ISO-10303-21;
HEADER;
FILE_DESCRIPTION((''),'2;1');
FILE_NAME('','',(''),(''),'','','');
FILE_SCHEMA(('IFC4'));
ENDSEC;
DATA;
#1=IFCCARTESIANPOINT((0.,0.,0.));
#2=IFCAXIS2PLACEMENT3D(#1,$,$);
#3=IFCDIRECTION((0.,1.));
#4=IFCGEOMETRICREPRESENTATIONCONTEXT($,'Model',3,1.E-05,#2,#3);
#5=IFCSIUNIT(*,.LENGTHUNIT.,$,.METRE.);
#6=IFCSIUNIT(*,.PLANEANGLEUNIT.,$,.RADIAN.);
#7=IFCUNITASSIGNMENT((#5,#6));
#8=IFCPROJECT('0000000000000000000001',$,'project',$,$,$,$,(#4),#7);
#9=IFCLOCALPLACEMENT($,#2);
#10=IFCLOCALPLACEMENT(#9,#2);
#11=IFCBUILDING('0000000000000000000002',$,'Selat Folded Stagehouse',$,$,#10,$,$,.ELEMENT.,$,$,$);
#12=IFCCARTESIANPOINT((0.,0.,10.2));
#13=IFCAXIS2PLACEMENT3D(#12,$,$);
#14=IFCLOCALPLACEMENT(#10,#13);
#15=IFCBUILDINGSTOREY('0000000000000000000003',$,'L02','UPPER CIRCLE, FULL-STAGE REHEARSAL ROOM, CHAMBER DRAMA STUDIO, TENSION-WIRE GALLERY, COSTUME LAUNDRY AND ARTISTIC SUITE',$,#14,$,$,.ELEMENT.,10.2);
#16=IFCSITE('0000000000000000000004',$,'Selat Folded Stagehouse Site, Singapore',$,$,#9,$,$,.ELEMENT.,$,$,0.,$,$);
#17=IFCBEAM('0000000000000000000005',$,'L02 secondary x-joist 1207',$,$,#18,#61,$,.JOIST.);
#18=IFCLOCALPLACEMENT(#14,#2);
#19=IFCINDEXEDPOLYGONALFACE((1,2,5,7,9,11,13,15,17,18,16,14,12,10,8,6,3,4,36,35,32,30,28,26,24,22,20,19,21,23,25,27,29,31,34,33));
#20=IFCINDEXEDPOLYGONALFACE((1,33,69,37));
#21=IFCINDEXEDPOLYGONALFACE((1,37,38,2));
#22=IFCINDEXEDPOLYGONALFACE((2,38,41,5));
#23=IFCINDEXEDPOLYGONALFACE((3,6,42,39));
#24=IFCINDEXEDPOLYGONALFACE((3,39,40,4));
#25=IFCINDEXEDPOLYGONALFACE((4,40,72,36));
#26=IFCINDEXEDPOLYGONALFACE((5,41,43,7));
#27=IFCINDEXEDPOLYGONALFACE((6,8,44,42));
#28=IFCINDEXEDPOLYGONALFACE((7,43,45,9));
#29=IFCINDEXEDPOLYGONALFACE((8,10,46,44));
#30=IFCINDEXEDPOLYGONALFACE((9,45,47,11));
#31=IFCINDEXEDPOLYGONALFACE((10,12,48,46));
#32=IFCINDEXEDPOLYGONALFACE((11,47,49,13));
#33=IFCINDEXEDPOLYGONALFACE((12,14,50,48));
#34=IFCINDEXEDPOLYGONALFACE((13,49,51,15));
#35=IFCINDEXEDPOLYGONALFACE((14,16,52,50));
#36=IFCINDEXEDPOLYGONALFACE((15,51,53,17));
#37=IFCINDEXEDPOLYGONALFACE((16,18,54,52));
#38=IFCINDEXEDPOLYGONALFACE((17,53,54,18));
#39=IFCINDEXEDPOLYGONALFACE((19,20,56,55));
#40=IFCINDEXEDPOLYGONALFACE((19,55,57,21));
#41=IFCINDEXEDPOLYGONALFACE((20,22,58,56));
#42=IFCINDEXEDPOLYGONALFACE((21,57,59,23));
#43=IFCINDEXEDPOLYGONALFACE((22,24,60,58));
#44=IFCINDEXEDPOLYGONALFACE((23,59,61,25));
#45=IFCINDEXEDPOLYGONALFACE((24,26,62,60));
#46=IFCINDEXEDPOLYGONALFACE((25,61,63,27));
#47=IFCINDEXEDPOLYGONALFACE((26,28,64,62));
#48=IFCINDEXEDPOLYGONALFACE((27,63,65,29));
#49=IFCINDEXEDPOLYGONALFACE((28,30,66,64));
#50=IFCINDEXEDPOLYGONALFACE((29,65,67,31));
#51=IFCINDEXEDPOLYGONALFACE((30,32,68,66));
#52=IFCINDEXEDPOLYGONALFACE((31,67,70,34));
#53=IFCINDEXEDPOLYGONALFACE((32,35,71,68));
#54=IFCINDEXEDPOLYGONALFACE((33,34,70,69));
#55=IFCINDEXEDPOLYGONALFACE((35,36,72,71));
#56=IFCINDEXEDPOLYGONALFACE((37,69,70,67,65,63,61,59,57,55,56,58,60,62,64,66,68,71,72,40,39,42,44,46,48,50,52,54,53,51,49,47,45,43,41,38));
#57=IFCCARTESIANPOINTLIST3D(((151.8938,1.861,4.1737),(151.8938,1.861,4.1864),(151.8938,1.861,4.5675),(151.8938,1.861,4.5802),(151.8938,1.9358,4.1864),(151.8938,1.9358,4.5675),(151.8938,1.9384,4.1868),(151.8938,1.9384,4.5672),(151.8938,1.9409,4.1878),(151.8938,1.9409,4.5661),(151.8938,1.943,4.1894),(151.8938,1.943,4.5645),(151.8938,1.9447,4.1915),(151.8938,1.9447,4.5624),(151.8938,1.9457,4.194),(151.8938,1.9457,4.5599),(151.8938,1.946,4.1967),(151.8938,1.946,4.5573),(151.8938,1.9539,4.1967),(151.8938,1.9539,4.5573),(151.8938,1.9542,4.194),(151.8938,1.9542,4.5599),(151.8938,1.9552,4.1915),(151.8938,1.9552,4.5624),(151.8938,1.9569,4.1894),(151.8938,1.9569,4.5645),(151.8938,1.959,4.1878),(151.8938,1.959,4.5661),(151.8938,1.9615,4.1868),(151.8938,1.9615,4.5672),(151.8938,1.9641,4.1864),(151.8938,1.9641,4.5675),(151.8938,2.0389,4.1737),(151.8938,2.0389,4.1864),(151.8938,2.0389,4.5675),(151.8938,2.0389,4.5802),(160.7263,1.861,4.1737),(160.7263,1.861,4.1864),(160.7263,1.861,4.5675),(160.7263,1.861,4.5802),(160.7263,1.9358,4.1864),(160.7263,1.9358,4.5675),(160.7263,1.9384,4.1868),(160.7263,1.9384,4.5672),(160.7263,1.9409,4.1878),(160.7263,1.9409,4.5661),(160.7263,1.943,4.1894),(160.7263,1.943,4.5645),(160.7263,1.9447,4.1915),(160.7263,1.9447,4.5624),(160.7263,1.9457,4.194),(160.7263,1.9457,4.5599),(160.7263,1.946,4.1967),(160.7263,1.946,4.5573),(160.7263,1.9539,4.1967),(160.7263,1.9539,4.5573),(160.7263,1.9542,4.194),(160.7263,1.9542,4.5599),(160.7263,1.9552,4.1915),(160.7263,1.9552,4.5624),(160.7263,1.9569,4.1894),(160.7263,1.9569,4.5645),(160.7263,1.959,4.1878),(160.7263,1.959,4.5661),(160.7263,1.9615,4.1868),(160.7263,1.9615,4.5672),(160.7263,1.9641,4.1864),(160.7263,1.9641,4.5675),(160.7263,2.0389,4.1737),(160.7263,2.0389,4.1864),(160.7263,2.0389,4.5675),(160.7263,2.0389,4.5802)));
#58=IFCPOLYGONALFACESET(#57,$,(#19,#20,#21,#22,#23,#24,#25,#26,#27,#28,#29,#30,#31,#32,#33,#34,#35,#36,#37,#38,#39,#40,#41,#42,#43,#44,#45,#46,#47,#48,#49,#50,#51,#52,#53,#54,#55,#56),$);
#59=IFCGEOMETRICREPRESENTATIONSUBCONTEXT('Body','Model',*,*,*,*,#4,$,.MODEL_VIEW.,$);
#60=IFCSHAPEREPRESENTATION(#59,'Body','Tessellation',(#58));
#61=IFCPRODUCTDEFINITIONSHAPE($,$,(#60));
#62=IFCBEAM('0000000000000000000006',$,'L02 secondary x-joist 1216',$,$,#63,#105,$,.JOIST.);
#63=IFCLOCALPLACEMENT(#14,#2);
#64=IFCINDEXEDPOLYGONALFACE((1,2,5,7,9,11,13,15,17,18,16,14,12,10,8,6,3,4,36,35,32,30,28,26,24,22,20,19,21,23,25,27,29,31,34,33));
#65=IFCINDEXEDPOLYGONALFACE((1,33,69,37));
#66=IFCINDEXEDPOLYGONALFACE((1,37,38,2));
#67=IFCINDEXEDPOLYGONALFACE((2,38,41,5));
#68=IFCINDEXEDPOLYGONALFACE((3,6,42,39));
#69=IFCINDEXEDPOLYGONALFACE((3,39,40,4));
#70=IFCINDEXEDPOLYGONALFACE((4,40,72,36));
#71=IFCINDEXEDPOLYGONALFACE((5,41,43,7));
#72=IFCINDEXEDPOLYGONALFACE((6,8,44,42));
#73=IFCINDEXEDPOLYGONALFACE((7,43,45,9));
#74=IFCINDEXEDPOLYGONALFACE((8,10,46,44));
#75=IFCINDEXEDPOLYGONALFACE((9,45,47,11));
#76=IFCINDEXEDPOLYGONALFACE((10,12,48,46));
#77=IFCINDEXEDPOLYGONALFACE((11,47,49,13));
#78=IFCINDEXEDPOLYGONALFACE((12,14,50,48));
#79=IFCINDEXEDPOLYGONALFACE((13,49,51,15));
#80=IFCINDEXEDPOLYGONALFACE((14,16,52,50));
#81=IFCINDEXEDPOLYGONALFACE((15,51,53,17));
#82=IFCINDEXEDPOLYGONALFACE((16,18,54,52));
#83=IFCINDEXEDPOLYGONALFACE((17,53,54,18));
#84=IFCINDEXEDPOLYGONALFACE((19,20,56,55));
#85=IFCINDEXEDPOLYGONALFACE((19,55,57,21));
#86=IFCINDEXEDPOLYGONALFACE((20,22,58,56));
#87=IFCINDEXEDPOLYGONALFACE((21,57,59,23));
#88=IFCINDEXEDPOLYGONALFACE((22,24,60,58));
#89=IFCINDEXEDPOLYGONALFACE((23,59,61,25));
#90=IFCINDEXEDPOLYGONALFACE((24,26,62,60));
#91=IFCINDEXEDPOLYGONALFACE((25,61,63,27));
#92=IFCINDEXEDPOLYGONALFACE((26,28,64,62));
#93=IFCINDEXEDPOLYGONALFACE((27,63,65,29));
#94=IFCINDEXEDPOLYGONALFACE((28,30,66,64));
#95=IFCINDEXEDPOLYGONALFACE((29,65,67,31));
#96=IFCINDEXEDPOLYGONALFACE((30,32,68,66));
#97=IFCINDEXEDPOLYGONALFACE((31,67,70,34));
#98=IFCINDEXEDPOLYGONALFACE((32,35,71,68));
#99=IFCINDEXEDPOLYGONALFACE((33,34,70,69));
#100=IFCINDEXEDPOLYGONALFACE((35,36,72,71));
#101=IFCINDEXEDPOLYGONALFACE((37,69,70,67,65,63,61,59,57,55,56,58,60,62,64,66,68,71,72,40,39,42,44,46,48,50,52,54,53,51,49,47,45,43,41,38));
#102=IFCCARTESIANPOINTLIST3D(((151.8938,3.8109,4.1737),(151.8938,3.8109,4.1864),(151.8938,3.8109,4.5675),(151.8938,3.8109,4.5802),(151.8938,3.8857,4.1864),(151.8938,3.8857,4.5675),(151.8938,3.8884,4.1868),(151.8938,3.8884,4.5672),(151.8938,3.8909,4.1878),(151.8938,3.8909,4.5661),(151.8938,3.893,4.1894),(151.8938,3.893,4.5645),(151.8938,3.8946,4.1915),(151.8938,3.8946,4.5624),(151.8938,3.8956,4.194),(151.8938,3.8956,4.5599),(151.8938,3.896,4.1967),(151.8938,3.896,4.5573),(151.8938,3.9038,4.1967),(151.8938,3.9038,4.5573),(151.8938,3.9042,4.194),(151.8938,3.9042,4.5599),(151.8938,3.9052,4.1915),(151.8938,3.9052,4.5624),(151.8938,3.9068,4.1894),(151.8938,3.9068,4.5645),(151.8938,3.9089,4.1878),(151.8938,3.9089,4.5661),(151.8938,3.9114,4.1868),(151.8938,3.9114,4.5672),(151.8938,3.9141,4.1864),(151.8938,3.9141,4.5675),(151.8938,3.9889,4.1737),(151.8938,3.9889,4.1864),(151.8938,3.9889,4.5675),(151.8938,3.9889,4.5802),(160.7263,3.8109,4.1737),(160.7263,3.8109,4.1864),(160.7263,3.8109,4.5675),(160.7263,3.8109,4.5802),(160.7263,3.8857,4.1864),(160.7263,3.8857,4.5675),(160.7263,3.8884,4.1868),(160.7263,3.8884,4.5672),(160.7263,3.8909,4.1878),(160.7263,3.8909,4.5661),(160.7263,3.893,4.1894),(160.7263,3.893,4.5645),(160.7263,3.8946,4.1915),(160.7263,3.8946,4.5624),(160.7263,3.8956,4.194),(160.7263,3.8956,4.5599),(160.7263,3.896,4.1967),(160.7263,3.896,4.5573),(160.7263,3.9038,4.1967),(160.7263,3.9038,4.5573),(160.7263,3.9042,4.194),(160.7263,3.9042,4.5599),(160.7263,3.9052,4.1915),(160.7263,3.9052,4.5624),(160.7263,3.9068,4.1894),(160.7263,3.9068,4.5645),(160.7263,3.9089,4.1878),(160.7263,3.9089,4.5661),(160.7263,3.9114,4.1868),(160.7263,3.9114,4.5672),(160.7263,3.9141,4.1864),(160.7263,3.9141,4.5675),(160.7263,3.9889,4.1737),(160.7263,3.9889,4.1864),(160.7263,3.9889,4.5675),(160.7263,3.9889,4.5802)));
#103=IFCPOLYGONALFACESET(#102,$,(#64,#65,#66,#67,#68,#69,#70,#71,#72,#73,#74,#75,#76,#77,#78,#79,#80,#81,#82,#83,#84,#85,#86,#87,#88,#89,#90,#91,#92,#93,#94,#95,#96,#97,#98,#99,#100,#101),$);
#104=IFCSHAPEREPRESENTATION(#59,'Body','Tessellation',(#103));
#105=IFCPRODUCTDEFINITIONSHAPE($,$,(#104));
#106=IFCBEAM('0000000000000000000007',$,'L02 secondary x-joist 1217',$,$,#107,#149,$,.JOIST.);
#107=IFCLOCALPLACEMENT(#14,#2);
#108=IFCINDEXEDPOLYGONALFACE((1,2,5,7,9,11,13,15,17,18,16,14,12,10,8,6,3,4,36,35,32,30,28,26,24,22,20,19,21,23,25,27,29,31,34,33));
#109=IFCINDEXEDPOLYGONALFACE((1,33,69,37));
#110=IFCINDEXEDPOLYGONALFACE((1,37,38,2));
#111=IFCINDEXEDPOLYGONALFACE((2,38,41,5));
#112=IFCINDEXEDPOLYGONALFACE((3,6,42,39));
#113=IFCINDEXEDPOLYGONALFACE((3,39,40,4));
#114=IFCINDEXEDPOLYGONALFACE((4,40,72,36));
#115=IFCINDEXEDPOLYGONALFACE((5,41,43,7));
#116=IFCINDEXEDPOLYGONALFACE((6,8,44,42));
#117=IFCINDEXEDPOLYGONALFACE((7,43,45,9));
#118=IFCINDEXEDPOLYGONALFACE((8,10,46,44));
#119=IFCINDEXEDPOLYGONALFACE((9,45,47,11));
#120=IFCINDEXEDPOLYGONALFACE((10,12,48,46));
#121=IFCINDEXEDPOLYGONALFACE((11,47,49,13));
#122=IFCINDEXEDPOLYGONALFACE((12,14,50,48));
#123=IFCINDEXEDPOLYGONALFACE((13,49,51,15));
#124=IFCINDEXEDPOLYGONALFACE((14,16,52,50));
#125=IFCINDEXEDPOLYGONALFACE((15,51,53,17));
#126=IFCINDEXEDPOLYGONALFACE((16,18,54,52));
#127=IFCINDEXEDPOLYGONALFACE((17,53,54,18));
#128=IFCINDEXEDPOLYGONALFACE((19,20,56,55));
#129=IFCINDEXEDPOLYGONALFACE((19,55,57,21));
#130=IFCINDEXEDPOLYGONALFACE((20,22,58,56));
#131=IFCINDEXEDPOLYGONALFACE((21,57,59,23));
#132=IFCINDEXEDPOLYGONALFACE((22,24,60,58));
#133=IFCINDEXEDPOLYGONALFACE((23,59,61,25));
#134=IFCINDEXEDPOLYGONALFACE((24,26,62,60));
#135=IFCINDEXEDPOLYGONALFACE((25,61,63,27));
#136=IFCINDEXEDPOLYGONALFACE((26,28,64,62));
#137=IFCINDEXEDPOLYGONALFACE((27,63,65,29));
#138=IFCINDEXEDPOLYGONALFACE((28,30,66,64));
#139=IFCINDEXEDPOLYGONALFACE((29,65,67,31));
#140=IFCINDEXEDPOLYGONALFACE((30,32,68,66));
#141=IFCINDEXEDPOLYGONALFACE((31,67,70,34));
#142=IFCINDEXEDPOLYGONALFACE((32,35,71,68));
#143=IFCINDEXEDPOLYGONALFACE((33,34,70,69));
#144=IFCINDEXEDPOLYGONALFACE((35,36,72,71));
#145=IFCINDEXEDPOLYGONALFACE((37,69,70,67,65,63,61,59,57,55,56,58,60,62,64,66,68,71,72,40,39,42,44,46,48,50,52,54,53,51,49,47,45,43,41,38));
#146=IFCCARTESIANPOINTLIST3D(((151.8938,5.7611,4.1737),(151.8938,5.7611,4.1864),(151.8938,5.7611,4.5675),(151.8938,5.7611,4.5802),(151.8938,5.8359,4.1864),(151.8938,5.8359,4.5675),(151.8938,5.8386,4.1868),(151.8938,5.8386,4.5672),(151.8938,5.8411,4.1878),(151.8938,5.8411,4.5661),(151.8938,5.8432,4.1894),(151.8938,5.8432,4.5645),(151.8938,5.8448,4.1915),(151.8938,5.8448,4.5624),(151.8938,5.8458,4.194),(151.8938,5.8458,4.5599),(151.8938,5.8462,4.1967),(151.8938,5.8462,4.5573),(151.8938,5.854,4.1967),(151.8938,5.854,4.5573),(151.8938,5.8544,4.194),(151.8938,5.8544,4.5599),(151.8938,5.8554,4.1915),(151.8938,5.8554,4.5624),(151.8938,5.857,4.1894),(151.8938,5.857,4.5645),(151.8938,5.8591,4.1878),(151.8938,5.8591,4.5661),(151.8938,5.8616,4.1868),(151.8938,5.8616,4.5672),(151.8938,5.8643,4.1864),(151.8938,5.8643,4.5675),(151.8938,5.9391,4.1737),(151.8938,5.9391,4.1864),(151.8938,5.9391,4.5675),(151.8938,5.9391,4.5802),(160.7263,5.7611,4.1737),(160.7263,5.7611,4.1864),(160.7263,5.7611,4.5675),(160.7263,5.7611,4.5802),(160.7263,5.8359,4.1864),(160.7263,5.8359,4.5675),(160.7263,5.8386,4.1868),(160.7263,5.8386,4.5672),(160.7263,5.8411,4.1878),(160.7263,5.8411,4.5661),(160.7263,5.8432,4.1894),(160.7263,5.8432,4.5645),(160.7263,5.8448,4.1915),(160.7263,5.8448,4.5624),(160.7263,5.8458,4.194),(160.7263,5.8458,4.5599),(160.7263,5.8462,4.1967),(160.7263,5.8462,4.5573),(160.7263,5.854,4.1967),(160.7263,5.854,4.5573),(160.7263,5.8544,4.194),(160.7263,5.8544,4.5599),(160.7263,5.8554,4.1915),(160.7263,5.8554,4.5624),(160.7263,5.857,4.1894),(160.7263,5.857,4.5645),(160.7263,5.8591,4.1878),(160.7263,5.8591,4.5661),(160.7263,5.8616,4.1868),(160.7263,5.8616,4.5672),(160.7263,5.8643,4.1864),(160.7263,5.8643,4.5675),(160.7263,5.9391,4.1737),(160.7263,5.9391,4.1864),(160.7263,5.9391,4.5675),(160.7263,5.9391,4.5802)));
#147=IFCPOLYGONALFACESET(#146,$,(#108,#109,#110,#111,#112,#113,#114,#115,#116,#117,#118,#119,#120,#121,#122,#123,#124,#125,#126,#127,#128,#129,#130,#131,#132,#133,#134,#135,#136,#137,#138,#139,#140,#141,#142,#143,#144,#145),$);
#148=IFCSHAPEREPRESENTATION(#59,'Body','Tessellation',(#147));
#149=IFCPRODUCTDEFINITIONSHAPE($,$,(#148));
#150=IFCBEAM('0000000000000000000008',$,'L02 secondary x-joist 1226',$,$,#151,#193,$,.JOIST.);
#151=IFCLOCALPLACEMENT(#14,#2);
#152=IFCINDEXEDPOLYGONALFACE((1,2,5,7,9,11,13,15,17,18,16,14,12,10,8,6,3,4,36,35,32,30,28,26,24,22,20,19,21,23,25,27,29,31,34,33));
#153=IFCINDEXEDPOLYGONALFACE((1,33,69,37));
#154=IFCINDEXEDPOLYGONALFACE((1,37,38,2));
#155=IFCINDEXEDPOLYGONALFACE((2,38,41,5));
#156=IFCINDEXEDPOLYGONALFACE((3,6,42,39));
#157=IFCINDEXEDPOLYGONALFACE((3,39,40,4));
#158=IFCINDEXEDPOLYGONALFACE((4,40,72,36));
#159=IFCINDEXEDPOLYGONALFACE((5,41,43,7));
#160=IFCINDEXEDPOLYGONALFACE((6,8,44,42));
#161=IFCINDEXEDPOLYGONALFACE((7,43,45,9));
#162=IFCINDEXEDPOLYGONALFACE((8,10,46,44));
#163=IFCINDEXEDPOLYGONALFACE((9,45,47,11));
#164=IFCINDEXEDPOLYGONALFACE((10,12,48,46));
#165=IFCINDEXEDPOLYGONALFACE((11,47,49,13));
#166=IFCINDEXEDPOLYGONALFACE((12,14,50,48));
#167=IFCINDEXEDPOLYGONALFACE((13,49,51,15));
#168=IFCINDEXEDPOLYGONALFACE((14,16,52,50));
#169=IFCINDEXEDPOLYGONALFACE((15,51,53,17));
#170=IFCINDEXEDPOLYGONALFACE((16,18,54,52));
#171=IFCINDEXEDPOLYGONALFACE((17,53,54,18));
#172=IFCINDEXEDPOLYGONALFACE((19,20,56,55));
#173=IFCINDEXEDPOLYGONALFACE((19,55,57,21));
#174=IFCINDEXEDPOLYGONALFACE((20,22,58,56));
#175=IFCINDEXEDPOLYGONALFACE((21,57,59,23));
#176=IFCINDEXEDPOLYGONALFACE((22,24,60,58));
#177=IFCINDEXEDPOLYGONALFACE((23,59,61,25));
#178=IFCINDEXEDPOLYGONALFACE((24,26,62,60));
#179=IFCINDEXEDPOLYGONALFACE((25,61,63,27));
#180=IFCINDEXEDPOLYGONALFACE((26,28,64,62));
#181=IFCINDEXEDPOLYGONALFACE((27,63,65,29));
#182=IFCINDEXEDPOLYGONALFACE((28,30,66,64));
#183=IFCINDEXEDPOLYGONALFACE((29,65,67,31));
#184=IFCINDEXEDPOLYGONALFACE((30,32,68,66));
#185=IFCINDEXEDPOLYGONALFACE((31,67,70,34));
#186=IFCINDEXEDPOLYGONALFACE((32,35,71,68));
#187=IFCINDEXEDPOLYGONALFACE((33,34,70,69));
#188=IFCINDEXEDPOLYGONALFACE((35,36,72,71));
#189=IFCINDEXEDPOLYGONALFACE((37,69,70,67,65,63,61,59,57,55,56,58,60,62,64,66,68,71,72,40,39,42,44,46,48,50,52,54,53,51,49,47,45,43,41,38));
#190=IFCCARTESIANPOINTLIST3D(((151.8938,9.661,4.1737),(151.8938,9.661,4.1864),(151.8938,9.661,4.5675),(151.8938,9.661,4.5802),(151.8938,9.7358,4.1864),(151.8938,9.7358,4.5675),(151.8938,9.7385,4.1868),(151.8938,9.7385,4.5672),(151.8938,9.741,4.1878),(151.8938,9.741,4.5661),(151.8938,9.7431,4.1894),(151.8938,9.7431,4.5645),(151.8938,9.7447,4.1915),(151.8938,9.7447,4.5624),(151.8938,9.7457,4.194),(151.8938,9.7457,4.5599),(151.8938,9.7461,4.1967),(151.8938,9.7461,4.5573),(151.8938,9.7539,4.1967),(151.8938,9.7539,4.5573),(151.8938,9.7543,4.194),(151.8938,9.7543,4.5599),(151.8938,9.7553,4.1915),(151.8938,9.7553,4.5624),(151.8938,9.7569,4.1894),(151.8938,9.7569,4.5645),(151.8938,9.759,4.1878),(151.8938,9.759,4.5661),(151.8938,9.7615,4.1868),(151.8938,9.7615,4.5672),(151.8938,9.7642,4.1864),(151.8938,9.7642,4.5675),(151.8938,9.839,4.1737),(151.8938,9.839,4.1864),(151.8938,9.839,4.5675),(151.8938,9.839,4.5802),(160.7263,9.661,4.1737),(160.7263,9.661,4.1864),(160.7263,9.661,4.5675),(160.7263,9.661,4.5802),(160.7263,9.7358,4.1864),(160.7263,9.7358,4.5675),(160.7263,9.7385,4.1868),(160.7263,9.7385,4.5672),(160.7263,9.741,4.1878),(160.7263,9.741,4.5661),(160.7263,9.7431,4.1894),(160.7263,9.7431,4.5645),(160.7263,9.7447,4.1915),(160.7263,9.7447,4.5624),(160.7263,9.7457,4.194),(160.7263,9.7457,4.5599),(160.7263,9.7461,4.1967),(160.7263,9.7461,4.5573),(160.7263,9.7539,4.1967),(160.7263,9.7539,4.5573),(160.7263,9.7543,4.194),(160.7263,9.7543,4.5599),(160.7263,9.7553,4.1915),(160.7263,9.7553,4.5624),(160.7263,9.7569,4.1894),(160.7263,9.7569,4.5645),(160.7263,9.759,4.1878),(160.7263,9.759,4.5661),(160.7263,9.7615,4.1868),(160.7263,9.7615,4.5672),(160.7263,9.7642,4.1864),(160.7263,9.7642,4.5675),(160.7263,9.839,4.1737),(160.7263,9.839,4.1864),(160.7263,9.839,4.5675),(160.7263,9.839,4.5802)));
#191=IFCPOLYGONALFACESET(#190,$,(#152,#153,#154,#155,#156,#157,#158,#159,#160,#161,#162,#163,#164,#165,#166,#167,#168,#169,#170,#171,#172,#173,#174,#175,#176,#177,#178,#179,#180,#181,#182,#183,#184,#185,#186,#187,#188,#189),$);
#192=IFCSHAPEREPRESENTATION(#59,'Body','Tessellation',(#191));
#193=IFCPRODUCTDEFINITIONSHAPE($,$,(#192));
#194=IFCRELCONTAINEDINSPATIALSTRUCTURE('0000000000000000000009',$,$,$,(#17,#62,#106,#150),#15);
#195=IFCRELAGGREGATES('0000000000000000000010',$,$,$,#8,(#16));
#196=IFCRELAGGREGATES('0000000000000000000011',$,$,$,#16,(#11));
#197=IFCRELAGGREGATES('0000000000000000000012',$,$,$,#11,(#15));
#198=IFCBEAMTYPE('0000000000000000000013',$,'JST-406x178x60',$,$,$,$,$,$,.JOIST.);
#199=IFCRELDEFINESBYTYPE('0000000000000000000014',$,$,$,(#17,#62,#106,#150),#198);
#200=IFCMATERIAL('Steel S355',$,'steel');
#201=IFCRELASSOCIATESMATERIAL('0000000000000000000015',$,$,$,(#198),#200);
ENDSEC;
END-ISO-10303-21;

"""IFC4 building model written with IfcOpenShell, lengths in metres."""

from ifc_helpers import new_model, si_unit, direction, frame, origin, origin_2d, place, context, subcontext, project, spatial, i_section, extrude, material, material_profile, profile_set, type_object, element, save


model = new_model("IFC4")

# Units and contexts
model_context = context("Model", 3, precision=1e-05, world=origin(), true_north=direction((0.0, 1.0)))
body_context = subcontext(model_context, "Body", "Model", "MODEL_VIEW")
ifc_project = project(units=[si_unit("LENGTHUNIT", "METRE"), si_unit("PLANEANGLEUNIT", "RADIAN")], contexts=[model_context])

# Site, building, storey
site_placement = place(None, origin())
site = spatial("IfcSite", under=ifc_project, at=site_placement, Name="Selat Folded Stagehouse Site, Singapore", CompositionType="ELEMENT", RefElevation=0.0)
building_placement = place(site_placement, origin())
building = spatial("IfcBuilding", under=site, at=building_placement, Name="Selat Folded Stagehouse", CompositionType="ELEMENT")
storey_placement = place(building_placement, frame((0.0, 0.0, 10.2)))
storey = spatial("IfcBuildingStorey", under=building, at=storey_placement, Name="L02", Description="UPPER CIRCLE, FULL-STAGE REHEARSAL ROOM, CHAMBER DRAMA STUDIO, TENSION-WIRE GALLERY, COSTUME LAUNDRY AND ARTISTIC SUITE", CompositionType="ELEMENT", Elevation=10.2)

# Shared definitions
ifc_material_1 = material(Name="Steel S355", Category="steel")

# Beams
ifc_material_profile_1 = material_profile(ifc_material_1, i_section(OverallWidth=0.178, OverallDepth=0.4065, WebThickness=0.0078, FlangeThickness=0.0127, FilletRadius=0.0103, at=origin_2d()), Name="UKB 406x178x60")
ifc_profile_set_1 = profile_set([ifc_material_profile_1], Name="Steel S355")
beam_type_1 = type_object("IfcBeamType", Name="JST-406x178x60", PredefinedType="JOIST", material=ifc_profile_set_1)
for number, where, z_axis, x_axis, name in (
    (1, (151.8938, 1.95, 4.377), (1.0, 0.0, 0.0), (0.0, 1.0, 0.0), "L02 secondary x-joist 1207"),
    (2, (151.8938, 3.8999, 4.377), (1.0, 0.0, 0.0), (0.0, 1.0, 0.0), "L02 secondary x-joist 1216"),
    (3, (151.8938, 5.8501, 4.377), (1.0, 0.0, 0.0), (0.0, 1.0, 0.0), "L02 secondary x-joist 1217"),
    (4, (151.8938, 9.75, 4.377), (1.0, 0.0, 0.0), (0.0, 1.0, 0.0), "L02 secondary x-joist 1226"),
):
    element("IfcBeam", number, at=place(storey_placement, frame(where, z_axis=z_axis, x_axis=x_axis)), inside=storey, type_object=beam_type_1, Name=name, PredefinedType="JOIST", context=body_context, shape_type="SweptSolid", body=[
        extrude(i_section(OverallWidth=0.178, OverallDepth=0.4065, WebThickness=0.0078, FlangeThickness=0.0127, FilletRadius=0.0103, at=origin_2d()), origin(), (0.0, 0.0, 1.0), 8.8325),
    ])

save(model, "model.ifc")
